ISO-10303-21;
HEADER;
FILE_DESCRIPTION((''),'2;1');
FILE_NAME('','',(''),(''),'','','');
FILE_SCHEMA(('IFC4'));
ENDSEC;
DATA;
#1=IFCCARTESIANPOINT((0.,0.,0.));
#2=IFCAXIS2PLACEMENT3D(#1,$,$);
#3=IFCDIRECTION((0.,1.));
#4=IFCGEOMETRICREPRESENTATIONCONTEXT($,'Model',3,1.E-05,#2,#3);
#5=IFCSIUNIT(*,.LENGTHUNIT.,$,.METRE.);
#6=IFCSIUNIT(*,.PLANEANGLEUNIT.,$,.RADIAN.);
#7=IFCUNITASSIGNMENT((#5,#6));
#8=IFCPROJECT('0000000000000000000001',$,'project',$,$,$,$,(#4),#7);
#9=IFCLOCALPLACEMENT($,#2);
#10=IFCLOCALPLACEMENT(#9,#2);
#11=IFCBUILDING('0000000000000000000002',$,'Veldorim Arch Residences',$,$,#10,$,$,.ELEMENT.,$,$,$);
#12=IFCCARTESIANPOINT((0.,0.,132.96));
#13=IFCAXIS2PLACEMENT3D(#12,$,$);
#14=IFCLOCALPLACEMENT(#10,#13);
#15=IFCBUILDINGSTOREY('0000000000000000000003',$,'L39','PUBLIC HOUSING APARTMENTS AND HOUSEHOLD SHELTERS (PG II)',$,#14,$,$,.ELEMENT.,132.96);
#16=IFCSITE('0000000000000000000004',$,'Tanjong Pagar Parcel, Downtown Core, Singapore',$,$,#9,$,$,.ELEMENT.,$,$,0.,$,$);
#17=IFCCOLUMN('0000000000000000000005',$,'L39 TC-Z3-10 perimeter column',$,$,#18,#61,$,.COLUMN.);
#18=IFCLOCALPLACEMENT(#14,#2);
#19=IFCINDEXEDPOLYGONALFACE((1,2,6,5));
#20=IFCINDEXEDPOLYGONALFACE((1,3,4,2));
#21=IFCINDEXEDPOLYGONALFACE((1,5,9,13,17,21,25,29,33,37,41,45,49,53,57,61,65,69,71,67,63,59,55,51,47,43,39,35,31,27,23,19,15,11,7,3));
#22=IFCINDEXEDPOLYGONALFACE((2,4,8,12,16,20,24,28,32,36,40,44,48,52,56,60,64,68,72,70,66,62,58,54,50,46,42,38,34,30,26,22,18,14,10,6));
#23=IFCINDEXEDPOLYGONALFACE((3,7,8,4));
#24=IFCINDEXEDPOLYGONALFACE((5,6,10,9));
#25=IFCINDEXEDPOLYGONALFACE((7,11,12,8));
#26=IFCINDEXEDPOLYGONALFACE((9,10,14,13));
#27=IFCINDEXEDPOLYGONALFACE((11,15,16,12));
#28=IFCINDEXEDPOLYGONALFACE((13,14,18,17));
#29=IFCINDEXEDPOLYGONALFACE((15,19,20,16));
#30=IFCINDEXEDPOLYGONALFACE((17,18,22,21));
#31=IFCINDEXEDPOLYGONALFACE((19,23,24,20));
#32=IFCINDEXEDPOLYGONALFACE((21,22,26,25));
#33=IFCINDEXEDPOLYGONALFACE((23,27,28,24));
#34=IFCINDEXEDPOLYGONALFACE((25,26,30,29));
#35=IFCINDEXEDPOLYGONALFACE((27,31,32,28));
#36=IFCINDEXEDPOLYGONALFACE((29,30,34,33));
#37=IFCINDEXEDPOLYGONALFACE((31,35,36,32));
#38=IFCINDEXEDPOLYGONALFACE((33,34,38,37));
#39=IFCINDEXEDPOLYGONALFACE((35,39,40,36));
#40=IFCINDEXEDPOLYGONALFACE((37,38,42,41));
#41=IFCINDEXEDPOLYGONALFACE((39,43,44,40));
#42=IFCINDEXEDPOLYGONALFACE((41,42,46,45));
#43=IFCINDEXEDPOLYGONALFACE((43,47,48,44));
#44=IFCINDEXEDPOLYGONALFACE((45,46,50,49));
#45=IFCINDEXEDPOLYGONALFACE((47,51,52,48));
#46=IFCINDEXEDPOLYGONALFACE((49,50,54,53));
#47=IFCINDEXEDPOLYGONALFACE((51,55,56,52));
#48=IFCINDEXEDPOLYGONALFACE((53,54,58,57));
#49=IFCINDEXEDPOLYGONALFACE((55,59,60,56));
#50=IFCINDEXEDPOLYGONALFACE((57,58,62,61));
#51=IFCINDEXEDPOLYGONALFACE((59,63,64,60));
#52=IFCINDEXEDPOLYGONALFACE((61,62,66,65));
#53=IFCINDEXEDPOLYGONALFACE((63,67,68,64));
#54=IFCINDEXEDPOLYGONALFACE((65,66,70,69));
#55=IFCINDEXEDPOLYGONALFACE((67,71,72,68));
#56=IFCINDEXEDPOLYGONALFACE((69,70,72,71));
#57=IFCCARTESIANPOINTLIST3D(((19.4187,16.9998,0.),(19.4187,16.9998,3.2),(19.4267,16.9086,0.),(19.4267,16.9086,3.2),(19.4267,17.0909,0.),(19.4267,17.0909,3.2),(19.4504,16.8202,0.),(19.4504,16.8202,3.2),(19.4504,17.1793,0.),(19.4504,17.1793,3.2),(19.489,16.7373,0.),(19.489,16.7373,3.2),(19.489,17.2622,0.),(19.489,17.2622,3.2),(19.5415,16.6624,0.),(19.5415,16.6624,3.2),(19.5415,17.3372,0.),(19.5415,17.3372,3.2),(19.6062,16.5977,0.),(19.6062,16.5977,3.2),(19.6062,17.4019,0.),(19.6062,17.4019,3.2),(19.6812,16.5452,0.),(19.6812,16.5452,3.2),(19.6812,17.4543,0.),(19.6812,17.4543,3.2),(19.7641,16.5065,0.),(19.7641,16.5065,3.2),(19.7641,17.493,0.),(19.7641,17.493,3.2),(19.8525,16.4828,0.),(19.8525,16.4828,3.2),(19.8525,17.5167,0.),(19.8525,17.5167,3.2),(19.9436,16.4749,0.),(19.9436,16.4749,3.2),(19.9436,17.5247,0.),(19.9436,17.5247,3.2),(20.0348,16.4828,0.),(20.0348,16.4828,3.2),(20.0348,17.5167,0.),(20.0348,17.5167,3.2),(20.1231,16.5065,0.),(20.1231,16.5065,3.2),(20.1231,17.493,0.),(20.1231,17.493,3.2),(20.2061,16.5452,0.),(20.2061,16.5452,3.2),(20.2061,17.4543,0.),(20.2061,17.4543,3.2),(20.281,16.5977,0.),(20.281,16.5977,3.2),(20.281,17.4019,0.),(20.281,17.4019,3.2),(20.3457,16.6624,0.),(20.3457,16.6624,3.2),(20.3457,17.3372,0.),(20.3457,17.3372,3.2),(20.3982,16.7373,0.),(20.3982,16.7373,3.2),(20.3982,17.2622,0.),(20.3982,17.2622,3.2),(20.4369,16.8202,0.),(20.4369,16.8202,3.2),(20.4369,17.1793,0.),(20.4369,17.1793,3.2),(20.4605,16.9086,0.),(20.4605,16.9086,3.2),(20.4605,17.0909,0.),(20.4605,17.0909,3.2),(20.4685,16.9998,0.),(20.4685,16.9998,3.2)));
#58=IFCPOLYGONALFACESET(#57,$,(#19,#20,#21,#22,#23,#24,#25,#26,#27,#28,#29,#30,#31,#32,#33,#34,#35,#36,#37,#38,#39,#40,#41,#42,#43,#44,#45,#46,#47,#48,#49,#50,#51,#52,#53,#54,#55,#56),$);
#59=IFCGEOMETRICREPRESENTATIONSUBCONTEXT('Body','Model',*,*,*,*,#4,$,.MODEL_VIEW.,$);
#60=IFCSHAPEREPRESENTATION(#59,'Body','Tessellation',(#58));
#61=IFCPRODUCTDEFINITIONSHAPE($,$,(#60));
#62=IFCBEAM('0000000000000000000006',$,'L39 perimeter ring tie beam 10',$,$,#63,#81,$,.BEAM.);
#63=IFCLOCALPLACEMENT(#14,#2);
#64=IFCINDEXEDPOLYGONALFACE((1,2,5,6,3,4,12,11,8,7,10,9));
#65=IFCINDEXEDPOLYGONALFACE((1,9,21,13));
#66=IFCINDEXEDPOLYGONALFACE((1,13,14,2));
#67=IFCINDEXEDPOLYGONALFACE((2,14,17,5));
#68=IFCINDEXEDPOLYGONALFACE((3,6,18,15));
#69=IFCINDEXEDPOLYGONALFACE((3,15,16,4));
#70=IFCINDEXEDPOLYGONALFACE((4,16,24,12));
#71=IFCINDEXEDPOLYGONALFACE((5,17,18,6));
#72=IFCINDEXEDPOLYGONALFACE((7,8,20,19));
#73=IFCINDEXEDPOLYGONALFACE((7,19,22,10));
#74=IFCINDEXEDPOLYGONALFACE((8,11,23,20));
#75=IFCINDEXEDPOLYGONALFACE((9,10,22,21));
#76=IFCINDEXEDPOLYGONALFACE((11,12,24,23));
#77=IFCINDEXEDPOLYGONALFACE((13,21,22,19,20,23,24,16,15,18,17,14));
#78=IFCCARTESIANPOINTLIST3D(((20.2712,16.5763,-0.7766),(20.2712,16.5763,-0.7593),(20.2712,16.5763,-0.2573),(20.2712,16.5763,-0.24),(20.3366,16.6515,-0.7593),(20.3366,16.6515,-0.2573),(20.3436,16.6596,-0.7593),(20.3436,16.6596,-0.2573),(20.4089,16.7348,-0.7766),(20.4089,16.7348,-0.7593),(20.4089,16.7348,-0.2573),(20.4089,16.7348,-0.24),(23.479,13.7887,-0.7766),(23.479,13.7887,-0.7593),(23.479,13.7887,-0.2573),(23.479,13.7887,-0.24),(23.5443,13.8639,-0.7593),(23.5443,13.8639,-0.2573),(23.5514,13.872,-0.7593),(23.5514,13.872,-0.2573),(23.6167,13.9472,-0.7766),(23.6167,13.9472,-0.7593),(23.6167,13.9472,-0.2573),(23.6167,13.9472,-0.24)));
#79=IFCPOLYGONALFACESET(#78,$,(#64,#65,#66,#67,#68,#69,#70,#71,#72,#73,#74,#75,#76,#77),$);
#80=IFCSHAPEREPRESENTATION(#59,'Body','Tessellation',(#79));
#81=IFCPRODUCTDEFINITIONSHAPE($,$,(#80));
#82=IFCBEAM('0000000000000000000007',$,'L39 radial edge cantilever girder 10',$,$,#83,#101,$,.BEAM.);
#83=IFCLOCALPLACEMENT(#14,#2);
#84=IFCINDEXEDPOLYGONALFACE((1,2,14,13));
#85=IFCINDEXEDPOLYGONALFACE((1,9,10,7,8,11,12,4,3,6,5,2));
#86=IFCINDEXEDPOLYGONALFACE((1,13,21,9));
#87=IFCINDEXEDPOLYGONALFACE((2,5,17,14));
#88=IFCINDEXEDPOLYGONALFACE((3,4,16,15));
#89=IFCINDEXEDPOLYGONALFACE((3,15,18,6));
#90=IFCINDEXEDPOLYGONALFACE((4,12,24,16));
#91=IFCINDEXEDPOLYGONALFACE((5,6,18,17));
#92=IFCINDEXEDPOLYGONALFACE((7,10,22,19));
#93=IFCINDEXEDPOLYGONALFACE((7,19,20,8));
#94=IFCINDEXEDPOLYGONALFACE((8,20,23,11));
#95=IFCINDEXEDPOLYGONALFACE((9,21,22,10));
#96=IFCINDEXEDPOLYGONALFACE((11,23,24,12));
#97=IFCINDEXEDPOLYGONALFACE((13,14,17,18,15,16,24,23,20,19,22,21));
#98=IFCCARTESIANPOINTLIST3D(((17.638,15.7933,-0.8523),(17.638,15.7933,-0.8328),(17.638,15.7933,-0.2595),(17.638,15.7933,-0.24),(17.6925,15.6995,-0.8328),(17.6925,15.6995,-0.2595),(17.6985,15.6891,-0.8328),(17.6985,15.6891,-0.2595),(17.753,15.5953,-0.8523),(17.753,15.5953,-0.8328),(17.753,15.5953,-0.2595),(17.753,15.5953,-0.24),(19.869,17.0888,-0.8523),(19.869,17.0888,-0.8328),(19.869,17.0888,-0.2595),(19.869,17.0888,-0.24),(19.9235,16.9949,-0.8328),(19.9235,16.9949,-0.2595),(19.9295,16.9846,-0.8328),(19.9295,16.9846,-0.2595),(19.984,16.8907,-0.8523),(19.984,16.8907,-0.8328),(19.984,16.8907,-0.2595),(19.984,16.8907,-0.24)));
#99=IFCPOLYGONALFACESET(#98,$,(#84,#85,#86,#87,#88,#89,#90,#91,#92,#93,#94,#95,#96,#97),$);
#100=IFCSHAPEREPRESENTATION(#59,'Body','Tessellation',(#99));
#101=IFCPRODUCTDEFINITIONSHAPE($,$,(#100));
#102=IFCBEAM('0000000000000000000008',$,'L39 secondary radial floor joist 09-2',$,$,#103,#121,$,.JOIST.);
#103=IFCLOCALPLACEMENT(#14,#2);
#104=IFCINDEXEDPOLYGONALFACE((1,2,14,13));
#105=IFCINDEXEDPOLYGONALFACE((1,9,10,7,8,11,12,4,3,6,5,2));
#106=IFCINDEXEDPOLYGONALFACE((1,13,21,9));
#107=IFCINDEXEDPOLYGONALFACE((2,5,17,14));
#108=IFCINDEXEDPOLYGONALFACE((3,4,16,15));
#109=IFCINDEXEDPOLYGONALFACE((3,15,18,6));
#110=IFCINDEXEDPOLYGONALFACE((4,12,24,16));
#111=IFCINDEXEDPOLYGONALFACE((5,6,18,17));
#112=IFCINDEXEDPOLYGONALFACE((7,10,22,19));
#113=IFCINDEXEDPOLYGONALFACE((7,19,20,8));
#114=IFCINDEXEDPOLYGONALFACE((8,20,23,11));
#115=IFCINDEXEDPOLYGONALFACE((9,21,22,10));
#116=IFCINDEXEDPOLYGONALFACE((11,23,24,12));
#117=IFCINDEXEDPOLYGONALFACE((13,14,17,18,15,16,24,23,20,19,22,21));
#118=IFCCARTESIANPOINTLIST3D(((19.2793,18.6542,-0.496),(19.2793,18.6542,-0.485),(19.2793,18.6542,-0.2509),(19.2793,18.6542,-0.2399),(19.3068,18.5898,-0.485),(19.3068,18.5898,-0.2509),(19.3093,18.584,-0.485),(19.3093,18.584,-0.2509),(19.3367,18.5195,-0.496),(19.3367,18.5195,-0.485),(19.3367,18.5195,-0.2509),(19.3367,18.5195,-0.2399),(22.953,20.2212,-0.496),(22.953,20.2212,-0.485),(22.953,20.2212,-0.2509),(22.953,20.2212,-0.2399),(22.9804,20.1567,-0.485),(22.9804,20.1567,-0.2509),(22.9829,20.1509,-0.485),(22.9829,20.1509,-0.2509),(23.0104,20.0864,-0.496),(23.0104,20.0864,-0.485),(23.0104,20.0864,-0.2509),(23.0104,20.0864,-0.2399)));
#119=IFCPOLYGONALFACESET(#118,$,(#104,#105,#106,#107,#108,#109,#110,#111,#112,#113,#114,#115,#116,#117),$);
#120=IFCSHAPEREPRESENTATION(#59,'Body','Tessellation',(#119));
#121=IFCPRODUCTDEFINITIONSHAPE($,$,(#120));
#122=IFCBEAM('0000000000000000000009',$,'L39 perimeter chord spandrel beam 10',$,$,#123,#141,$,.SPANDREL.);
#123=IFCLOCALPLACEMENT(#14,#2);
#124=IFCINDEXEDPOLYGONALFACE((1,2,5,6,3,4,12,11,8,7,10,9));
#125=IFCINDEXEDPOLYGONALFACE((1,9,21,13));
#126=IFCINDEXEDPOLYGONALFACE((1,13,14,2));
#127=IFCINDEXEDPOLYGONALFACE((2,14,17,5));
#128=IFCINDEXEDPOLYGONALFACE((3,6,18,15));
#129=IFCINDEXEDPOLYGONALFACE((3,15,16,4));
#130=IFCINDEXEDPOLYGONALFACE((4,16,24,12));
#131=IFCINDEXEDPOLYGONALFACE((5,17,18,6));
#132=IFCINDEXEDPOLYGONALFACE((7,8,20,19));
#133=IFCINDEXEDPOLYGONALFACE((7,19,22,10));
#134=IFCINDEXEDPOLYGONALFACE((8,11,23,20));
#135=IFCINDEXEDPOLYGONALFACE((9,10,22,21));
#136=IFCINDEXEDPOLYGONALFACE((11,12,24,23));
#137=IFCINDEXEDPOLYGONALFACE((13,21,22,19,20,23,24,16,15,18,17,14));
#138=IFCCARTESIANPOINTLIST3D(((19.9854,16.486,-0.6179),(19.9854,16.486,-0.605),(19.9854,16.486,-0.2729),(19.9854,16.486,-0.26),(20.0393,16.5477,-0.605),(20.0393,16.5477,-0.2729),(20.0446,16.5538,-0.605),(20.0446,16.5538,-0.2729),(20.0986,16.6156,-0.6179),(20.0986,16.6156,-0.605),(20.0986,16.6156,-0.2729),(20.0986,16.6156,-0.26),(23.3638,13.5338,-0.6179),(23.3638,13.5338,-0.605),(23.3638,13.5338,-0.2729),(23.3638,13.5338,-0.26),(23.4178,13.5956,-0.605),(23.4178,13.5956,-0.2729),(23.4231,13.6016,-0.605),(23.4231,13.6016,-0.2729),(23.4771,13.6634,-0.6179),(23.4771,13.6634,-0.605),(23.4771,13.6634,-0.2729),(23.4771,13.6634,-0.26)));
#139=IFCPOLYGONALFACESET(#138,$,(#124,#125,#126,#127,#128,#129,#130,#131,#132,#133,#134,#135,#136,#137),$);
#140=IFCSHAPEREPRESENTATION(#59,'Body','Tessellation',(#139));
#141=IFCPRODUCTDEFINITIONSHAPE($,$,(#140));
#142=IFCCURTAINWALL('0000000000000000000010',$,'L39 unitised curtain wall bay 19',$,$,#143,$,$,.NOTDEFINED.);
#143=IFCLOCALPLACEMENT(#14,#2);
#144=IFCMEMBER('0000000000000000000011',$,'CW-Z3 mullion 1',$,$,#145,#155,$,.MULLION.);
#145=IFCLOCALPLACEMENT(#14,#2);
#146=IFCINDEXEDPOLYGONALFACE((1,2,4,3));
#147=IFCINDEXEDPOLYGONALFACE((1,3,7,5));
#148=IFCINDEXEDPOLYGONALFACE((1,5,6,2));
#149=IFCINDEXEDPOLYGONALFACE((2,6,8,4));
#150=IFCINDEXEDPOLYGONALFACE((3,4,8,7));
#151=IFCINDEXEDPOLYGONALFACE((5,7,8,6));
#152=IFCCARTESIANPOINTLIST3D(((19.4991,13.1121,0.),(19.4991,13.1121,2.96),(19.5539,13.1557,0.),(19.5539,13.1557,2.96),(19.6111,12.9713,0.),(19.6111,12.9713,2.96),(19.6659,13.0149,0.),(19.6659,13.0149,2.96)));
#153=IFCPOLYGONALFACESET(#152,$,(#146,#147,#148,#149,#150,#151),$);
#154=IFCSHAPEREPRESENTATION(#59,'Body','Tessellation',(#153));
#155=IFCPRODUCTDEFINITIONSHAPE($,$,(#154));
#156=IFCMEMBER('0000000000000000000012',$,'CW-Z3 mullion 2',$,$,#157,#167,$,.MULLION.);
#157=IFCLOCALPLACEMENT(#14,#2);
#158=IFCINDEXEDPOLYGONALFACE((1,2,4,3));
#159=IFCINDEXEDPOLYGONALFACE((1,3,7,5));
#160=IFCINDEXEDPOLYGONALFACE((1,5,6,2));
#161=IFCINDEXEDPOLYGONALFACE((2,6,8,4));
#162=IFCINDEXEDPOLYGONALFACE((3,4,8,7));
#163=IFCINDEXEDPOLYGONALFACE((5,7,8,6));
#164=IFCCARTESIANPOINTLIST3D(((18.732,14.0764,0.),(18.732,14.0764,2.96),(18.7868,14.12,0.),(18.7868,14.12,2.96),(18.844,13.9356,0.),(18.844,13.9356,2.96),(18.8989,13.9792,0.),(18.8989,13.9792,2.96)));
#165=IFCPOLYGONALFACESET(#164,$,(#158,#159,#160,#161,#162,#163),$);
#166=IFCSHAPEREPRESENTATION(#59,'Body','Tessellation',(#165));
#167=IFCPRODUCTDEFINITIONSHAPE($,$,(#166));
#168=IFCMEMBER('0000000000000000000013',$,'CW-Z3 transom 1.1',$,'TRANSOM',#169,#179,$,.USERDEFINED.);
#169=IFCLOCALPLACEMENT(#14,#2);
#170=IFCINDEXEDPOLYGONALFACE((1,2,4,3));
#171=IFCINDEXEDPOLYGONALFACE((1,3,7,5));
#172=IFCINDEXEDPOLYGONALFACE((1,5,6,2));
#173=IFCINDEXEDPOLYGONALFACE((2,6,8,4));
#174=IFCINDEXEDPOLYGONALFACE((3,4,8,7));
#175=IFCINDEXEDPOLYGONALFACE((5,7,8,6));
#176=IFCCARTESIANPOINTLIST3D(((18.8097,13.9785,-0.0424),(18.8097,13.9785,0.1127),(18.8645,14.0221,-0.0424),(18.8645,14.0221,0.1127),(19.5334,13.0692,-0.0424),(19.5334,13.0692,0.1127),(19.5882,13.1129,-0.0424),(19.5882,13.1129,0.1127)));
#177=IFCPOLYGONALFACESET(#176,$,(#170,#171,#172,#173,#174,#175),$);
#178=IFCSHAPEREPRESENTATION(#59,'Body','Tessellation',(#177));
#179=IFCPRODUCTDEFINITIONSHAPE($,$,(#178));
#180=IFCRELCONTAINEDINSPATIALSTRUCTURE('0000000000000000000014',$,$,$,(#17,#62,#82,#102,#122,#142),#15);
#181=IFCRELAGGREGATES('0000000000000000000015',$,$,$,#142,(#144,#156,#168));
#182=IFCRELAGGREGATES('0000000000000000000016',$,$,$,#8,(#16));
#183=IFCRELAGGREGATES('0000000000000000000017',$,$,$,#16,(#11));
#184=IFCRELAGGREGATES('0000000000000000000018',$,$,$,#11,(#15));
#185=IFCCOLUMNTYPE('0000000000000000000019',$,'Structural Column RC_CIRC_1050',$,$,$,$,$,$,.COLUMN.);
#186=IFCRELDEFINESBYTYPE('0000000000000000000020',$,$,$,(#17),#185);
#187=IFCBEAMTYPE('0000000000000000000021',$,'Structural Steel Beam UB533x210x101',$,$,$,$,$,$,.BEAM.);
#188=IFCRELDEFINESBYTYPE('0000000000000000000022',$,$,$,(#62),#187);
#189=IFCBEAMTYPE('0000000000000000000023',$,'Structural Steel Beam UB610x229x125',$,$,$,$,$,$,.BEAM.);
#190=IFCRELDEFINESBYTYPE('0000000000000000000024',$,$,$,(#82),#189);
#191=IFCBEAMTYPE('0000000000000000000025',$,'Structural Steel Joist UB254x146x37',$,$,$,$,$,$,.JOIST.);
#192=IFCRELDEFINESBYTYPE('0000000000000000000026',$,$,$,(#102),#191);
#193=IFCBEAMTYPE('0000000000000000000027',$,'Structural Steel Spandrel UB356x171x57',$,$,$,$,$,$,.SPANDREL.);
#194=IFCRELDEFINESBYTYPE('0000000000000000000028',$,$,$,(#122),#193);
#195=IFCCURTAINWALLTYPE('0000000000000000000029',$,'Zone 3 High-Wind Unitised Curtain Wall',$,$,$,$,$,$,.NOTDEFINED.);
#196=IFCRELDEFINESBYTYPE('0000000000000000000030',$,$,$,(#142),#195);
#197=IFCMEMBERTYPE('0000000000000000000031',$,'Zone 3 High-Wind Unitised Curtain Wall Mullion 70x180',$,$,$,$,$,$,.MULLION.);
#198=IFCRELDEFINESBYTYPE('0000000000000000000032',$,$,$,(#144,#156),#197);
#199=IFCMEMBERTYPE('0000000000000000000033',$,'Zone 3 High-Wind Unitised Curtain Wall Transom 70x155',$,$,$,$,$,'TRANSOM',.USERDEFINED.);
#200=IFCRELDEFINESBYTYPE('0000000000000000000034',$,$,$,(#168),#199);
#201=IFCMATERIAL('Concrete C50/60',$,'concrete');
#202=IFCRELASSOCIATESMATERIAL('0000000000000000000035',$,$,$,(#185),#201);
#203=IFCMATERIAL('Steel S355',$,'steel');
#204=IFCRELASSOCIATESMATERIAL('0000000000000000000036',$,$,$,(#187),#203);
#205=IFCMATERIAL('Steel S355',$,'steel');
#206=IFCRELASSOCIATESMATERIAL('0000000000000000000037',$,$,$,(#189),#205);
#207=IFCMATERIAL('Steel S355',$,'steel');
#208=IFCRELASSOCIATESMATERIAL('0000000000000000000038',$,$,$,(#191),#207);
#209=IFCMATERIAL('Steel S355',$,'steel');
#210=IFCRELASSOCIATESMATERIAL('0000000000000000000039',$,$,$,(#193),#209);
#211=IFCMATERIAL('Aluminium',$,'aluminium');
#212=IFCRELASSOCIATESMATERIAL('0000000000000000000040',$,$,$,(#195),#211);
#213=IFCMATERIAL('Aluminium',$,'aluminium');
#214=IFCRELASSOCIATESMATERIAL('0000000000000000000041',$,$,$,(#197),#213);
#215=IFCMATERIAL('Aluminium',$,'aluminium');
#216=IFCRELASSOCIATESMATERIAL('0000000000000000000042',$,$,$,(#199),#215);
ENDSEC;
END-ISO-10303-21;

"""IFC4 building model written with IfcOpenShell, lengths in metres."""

from ifc_helpers import new_model, si_unit, direction, frame, origin, origin_2d, place, context, subcontext, project, spatial, rectangle, circle, i_section, extrude, material, material_profile, profile_set, type_object, element, aggregate, save


model = new_model("IFC4")

# Units and contexts
model_context = context("Model", 3, precision=1e-05, world=origin(), true_north=direction((0.0, 1.0)))
body_context = subcontext(model_context, "Body", "Model", "MODEL_VIEW")
ifc_project = project(units=[si_unit("LENGTHUNIT", "METRE"), si_unit("PLANEANGLEUNIT", "RADIAN")], contexts=[model_context])

# Site, building, storey
site_placement = place(None, origin())
site = spatial("IfcSite", under=ifc_project, at=site_placement, Name="Tanjong Pagar Parcel, Downtown Core, Singapore", CompositionType="ELEMENT", RefElevation=0.0)
building_placement = place(site_placement, origin())
building = spatial("IfcBuilding", under=site, at=building_placement, Name="Veldorim Arch Residences", CompositionType="ELEMENT")
storey_placement = place(building_placement, frame((0.0, 0.0, 132.96)))
storey = spatial("IfcBuildingStorey", under=building, at=storey_placement, Name="L39", Description="PUBLIC HOUSING APARTMENTS AND HOUSEHOLD SHELTERS (PG II)", CompositionType="ELEMENT", Elevation=132.96)

# Column
ifc_material_1 = material(Name="Concrete C50/60", Category="concrete")
ifc_material_profile_1 = material_profile(ifc_material_1, circle(Radius=0.5249, at=origin_2d()), Name="RC_CIRC_1050")
ifc_profile_set_1 = profile_set([ifc_material_profile_1], Name="Concrete C50/60")
column_type = type_object("IfcColumnType", Name="Structural Column RC_CIRC_1050", PredefinedType="COLUMN", material=ifc_profile_set_1)
column_placement = place(storey_placement, frame((19.9436, 16.9998, 0.0), z_axis=(0.0, 0.0, 1.0), x_axis=(1.0, 0.0, 0.0)))
element("IfcColumn", 1, at=column_placement, inside=storey, type_object=column_type, Name="L39 TC-Z3-10 perimeter column", PredefinedType="COLUMN", context=body_context, shape_type="SweptSolid", body=[
    extrude(circle(Radius=0.5249, at=origin_2d()), origin(), (0.0, 0.0, 1.0), 3.2),
])

# Beams
ifc_material_2 = material(Name="Steel S355", Category="steel")
ifc_material_profile_2 = material_profile(ifc_material_2, i_section(OverallWidth=0.21, OverallDepth=0.5366, WebThickness=0.0107, FlangeThickness=0.0173, at=origin_2d()), Name="UB533x210x101")
ifc_profile_set_2 = profile_set([ifc_material_profile_2], Name="Steel S355")
beam_type_1 = type_object("IfcBeamType", Name="Structural Steel Beam UB533x210x101", PredefinedType="BEAM", material=ifc_profile_set_2)
beam_1_placement = place(storey_placement, frame((20.3401, 16.6555, -0.5083), z_axis=(0.754811, -0.655943, 0.0), x_axis=(0.655943, 0.754811, 0.0)))
element("IfcBeam", 2, at=beam_1_placement, inside=storey, type_object=beam_type_1, Name="L39 perimeter ring tie beam 10", PredefinedType="BEAM", context=body_context, shape_type="SweptSolid", body=[
    extrude(i_section(OverallWidth=0.21, OverallDepth=0.5366, WebThickness=0.0107, FlangeThickness=0.0173, at=origin_2d()), origin(), (0.0, 0.0, 1.0), 4.2498),
])
ifc_material_3 = material(Name="Steel S355", Category="steel")
ifc_material_profile_3 = material_profile(ifc_material_3, i_section(OverallWidth=0.229, OverallDepth=0.6123, WebThickness=0.012, FlangeThickness=0.0195, at=origin_2d()), Name="UB610x229x125")
ifc_profile_set_3 = profile_set([ifc_material_profile_3], Name="Steel S355")
beam_type_2 = type_object("IfcBeamType", Name="Structural Steel Beam UB610x229x125", PredefinedType="BEAM", material=ifc_profile_set_3)
beam_2_placement = place(storey_placement, frame((19.9265, 16.9897, -0.5461), z_axis=(-0.864786, -0.50214, 0.0), x_axis=(0.50214, -0.864786, 0.0)))
element("IfcBeam", 3, at=beam_2_placement, inside=storey, type_object=beam_type_2, Name="L39 radial edge cantilever girder 10", PredefinedType="BEAM", context=body_context, shape_type="SweptSolid", body=[
    extrude(i_section(OverallWidth=0.229, OverallDepth=0.6123, WebThickness=0.012, FlangeThickness=0.0195, at=origin_2d()), origin(), (0.0, 0.0, 1.0), 2.5798),
])
ifc_material_4 = material(Name="Steel S355", Category="steel")
ifc_material_profile_4 = material_profile(ifc_material_4, i_section(OverallWidth=0.1465, OverallDepth=0.2561, WebThickness=0.0063, FlangeThickness=0.011, at=origin_2d()), Name="UB254x146x37")
ifc_profile_set_4 = profile_set([ifc_material_profile_4], Name="Steel S355")
beam_type_3 = type_object("IfcBeamType", Name="Structural Steel Joist UB254x146x37", PredefinedType="JOIST", material=ifc_profile_set_4)
beam_3_placement = place(storey_placement, frame((22.9817, 20.1538, -0.3679), z_axis=(-0.919823, -0.392332, 0.0), x_axis=(0.392332, -0.919823, 0.0)))
element("IfcBeam", 4, at=beam_3_placement, inside=storey, type_object=beam_type_3, Name="L39 secondary radial floor joist 09-2", PredefinedType="JOIST", context=body_context, shape_type="SweptSolid", body=[
    extrude(i_section(OverallWidth=0.1465, OverallDepth=0.2561, WebThickness=0.0063, FlangeThickness=0.011, at=origin_2d()), origin(), (0.0, 0.0, 1.0), 3.9939),
])
ifc_material_5 = material(Name="Steel S355", Category="steel")
ifc_material_profile_5 = material_profile(ifc_material_5, i_section(OverallWidth=0.1721, OverallDepth=0.3579, WebThickness=0.0081, FlangeThickness=0.0129, at=origin_2d()), Name="UB356x171x57")
ifc_profile_set_5 = profile_set([ifc_material_profile_5], Name="Steel S355")
beam_type_4 = type_object("IfcBeamType", Name="Structural Steel Spandrel UB356x171x57", PredefinedType="SPANDREL", material=ifc_profile_set_5)
beam_4_placement = place(storey_placement, frame((20.042, 16.5508, -0.439), z_axis=(0.753015, -0.658004, 0.0), x_axis=(0.658004, 0.753015, 0.0)))
element("IfcBeam", 5, at=beam_4_placement, inside=storey, type_object=beam_type_4, Name="L39 perimeter chord spandrel beam 10", PredefinedType="SPANDREL", context=body_context, shape_type="SweptSolid", body=[
    extrude(i_section(OverallWidth=0.1721, OverallDepth=0.3579, WebThickness=0.0081, FlangeThickness=0.0129, at=origin_2d()), origin(), (0.0, 0.0, 1.0), 4.4866),
])

# Curtain wall, members
ifc_material_6 = material(Name="Aluminium", Category="aluminium")
curtain_wall_type = type_object("IfcCurtainWallType", Name="Zone 3 High-Wind Unitised Curtain Wall", PredefinedType="NOTDEFINED", material=ifc_material_6)
curtain_wall_placement = place(storey_placement, origin())
curtain_wall = element("IfcCurtainWall", 6, at=curtain_wall_placement, inside=storey, type_object=curtain_wall_type, Name="L39 unitised curtain wall bay 19", PredefinedType="NOTDEFINED")
ifc_material_7 = material(Name="Aluminium", Category="aluminium")
ifc_material_profile_6 = material_profile(ifc_material_7, rectangle(XDim=0.0701, YDim=0.1799, at=origin_2d()), Name="ALU_MUL_70x180")
ifc_profile_set_6 = profile_set([ifc_material_profile_6], Name="Aluminium")
member_type_1 = type_object("IfcMemberType", Name="Zone 3 High-Wind Unitised Curtain Wall Mullion 70x180", PredefinedType="MULLION", material=ifc_profile_set_6)
member_1_placement = place(storey_placement, frame((19.5825, 13.0635, 0.0), z_axis=(0.0, 0.0, 1.0), x_axis=(-0.782556, -0.62258, 0.0)))
member_1 = element("IfcMember", 7, at=member_1_placement, type_object=member_type_1, Name="CW-Z3 mullion 1", PredefinedType="MULLION", context=body_context, shape_type="SweptSolid", body=[
    extrude(rectangle(XDim=0.0701, YDim=0.1799, at=origin_2d()), origin(), (0.0, 0.0, 1.0), 2.96),
])
member_2_placement = place(storey_placement, frame((18.8154, 14.0278, 0.0), z_axis=(0.0, 0.0, 1.0), x_axis=(-0.782556, -0.62258, 0.0)))
member_2 = element("IfcMember", 8, at=member_2_placement, type_object=member_type_1, Name="CW-Z3 mullion 2", PredefinedType="MULLION", context=body_context, shape_type="SweptSolid", body=[
    extrude(rectangle(XDim=0.0701, YDim=0.1799, at=origin_2d()), origin(), (0.0, 0.0, 1.0), 2.96),
])
ifc_material_8 = material(Name="Aluminium", Category="aluminium")
ifc_material_profile_7 = material_profile(ifc_material_8, rectangle(XDim=0.0701, YDim=0.155, at=origin_2d()), Name="ALU_TRN_70x155")
ifc_profile_set_7 = profile_set([ifc_material_profile_7], Name="Aluminium")
member_type_2 = type_object("IfcMemberType", Name="Zone 3 High-Wind Unitised Curtain Wall Transom 70x155", ElementType="TRANSOM", PredefinedType="USERDEFINED", material=ifc_profile_set_7)
member_3_placement = place(storey_placement, frame((19.5608, 13.0911, 0.0352), z_axis=(-0.622746, 0.782424, 0.0), x_axis=(-0.782424, -0.622746, 0.0)))
member_3 = element("IfcMember", 9, at=member_3_placement, type_object=member_type_2, Name="CW-Z3 transom 1.1", ObjectType="TRANSOM", PredefinedType="USERDEFINED", context=body_context, shape_type="SweptSolid", body=[
    extrude(rectangle(XDim=0.0701, YDim=0.155, at=origin_2d()), origin(), (0.0, 0.0, 1.0), 1.1621),
])
aggregate(curtain_wall, [member_1, member_2, member_3])

save(model, "model.ifc")
